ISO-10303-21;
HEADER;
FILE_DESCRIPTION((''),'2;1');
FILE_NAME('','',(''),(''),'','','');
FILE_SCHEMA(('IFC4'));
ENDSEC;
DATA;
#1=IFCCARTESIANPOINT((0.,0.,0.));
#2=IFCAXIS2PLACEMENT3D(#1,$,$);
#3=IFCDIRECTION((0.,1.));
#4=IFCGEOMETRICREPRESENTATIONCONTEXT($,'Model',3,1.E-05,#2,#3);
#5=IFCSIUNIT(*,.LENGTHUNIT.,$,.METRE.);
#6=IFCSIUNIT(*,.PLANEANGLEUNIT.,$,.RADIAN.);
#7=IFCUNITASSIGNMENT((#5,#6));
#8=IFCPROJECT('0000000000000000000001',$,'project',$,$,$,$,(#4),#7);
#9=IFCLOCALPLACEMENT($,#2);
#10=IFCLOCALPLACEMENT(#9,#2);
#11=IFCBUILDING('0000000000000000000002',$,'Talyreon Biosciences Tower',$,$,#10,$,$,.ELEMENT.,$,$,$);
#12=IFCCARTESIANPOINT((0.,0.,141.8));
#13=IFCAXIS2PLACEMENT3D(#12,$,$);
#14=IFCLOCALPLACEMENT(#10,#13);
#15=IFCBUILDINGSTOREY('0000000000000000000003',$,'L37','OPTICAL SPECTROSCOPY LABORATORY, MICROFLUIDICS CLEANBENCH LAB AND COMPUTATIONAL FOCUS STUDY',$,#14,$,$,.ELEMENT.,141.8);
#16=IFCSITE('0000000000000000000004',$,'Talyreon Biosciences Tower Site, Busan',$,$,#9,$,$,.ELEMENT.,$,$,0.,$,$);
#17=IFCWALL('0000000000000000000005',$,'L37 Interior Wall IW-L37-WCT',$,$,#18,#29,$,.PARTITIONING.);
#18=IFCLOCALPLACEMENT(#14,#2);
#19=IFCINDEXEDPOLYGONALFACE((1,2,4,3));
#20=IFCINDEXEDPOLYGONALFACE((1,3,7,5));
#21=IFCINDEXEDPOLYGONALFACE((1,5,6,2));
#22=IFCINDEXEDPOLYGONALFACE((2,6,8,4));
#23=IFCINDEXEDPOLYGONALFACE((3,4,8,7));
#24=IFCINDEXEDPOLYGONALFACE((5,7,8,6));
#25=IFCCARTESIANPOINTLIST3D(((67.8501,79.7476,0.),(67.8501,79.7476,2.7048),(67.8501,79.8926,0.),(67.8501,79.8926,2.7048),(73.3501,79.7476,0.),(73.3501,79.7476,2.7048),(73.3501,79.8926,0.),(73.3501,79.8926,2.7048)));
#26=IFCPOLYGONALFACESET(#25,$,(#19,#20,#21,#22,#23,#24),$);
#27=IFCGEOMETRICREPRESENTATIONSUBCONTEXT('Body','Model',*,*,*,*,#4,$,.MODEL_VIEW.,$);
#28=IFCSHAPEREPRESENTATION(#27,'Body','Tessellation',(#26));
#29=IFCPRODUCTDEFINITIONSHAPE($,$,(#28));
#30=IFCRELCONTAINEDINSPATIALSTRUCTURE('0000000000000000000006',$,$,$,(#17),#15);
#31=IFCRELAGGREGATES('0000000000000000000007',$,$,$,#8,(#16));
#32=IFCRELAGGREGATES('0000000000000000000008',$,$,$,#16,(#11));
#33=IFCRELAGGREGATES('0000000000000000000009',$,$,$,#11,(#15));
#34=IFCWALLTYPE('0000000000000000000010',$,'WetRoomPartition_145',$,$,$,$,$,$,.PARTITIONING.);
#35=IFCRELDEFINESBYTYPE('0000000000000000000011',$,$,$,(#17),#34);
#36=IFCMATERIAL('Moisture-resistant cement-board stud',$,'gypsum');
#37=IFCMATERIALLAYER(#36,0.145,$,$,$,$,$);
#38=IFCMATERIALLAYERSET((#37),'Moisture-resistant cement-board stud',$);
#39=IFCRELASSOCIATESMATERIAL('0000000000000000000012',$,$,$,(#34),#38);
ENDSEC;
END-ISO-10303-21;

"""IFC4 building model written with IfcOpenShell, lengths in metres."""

from ifc_helpers import new_model, si_unit, direction, frame, frame_2d, origin, place, context, subcontext, project, spatial, rectangle, extrude, material, layer, layer_set, type_object, element, save


model = new_model("IFC4")

# Units and contexts
model_context = context("Model", 3, precision=1e-05, world=origin(), true_north=direction((0.0, 1.0)))
body_context = subcontext(model_context, "Body", "Model", "MODEL_VIEW")
ifc_project = project(units=[si_unit("LENGTHUNIT", "METRE"), si_unit("PLANEANGLEUNIT", "RADIAN")], contexts=[model_context])

# Site, building, storey
site_placement = place(None, origin())
site = spatial("IfcSite", under=ifc_project, at=site_placement, Name="Talyreon Biosciences Tower Site, Busan", CompositionType="ELEMENT", RefElevation=0.0)
building_placement = place(site_placement, origin())
building = spatial("IfcBuilding", under=site, at=building_placement, Name="Talyreon Biosciences Tower", CompositionType="ELEMENT")
storey_placement = place(building_placement, frame((0.0, 0.0, 141.8)))
storey = spatial("IfcBuildingStorey", under=building, at=storey_placement, Name="L37", Description="OPTICAL SPECTROSCOPY LABORATORY, MICROFLUIDICS CLEANBENCH LAB AND COMPUTATIONAL FOCUS STUDY", CompositionType="ELEMENT", Elevation=141.8)

# Wall
ifc_material_1 = material(Name="Moisture-resistant cement-board stud", Category="gypsum")
ifc_layer_1 = layer(ifc_material_1, 0.145)
ifc_layer_set_1 = layer_set([ifc_layer_1], Name="Moisture-resistant cement-board stud")
wall_type_1 = type_object("IfcWallType", Name="WetRoomPartition_145", PredefinedType="PARTITIONING", material=ifc_layer_set_1)
wall_1_placement = place(storey_placement, frame((67.8501, 79.8201, 0.0), z_axis=(0.0, 0.0, 1.0), x_axis=(1.0, 0.0, 0.0)))
element("IfcWall", 1, at=wall_1_placement, inside=storey, type_object=wall_type_1, Name="L37 Interior Wall IW-L37-WCT", PredefinedType="PARTITIONING", context=body_context, shape_type="SweptSolid", body=[
    extrude(rectangle(XDim=5.5, YDim=0.145, at=frame_2d((2.75, 0.0))), origin(), (0.0, 0.0, 1.0), 2.7048),
])

save(model, "model.ifc")
